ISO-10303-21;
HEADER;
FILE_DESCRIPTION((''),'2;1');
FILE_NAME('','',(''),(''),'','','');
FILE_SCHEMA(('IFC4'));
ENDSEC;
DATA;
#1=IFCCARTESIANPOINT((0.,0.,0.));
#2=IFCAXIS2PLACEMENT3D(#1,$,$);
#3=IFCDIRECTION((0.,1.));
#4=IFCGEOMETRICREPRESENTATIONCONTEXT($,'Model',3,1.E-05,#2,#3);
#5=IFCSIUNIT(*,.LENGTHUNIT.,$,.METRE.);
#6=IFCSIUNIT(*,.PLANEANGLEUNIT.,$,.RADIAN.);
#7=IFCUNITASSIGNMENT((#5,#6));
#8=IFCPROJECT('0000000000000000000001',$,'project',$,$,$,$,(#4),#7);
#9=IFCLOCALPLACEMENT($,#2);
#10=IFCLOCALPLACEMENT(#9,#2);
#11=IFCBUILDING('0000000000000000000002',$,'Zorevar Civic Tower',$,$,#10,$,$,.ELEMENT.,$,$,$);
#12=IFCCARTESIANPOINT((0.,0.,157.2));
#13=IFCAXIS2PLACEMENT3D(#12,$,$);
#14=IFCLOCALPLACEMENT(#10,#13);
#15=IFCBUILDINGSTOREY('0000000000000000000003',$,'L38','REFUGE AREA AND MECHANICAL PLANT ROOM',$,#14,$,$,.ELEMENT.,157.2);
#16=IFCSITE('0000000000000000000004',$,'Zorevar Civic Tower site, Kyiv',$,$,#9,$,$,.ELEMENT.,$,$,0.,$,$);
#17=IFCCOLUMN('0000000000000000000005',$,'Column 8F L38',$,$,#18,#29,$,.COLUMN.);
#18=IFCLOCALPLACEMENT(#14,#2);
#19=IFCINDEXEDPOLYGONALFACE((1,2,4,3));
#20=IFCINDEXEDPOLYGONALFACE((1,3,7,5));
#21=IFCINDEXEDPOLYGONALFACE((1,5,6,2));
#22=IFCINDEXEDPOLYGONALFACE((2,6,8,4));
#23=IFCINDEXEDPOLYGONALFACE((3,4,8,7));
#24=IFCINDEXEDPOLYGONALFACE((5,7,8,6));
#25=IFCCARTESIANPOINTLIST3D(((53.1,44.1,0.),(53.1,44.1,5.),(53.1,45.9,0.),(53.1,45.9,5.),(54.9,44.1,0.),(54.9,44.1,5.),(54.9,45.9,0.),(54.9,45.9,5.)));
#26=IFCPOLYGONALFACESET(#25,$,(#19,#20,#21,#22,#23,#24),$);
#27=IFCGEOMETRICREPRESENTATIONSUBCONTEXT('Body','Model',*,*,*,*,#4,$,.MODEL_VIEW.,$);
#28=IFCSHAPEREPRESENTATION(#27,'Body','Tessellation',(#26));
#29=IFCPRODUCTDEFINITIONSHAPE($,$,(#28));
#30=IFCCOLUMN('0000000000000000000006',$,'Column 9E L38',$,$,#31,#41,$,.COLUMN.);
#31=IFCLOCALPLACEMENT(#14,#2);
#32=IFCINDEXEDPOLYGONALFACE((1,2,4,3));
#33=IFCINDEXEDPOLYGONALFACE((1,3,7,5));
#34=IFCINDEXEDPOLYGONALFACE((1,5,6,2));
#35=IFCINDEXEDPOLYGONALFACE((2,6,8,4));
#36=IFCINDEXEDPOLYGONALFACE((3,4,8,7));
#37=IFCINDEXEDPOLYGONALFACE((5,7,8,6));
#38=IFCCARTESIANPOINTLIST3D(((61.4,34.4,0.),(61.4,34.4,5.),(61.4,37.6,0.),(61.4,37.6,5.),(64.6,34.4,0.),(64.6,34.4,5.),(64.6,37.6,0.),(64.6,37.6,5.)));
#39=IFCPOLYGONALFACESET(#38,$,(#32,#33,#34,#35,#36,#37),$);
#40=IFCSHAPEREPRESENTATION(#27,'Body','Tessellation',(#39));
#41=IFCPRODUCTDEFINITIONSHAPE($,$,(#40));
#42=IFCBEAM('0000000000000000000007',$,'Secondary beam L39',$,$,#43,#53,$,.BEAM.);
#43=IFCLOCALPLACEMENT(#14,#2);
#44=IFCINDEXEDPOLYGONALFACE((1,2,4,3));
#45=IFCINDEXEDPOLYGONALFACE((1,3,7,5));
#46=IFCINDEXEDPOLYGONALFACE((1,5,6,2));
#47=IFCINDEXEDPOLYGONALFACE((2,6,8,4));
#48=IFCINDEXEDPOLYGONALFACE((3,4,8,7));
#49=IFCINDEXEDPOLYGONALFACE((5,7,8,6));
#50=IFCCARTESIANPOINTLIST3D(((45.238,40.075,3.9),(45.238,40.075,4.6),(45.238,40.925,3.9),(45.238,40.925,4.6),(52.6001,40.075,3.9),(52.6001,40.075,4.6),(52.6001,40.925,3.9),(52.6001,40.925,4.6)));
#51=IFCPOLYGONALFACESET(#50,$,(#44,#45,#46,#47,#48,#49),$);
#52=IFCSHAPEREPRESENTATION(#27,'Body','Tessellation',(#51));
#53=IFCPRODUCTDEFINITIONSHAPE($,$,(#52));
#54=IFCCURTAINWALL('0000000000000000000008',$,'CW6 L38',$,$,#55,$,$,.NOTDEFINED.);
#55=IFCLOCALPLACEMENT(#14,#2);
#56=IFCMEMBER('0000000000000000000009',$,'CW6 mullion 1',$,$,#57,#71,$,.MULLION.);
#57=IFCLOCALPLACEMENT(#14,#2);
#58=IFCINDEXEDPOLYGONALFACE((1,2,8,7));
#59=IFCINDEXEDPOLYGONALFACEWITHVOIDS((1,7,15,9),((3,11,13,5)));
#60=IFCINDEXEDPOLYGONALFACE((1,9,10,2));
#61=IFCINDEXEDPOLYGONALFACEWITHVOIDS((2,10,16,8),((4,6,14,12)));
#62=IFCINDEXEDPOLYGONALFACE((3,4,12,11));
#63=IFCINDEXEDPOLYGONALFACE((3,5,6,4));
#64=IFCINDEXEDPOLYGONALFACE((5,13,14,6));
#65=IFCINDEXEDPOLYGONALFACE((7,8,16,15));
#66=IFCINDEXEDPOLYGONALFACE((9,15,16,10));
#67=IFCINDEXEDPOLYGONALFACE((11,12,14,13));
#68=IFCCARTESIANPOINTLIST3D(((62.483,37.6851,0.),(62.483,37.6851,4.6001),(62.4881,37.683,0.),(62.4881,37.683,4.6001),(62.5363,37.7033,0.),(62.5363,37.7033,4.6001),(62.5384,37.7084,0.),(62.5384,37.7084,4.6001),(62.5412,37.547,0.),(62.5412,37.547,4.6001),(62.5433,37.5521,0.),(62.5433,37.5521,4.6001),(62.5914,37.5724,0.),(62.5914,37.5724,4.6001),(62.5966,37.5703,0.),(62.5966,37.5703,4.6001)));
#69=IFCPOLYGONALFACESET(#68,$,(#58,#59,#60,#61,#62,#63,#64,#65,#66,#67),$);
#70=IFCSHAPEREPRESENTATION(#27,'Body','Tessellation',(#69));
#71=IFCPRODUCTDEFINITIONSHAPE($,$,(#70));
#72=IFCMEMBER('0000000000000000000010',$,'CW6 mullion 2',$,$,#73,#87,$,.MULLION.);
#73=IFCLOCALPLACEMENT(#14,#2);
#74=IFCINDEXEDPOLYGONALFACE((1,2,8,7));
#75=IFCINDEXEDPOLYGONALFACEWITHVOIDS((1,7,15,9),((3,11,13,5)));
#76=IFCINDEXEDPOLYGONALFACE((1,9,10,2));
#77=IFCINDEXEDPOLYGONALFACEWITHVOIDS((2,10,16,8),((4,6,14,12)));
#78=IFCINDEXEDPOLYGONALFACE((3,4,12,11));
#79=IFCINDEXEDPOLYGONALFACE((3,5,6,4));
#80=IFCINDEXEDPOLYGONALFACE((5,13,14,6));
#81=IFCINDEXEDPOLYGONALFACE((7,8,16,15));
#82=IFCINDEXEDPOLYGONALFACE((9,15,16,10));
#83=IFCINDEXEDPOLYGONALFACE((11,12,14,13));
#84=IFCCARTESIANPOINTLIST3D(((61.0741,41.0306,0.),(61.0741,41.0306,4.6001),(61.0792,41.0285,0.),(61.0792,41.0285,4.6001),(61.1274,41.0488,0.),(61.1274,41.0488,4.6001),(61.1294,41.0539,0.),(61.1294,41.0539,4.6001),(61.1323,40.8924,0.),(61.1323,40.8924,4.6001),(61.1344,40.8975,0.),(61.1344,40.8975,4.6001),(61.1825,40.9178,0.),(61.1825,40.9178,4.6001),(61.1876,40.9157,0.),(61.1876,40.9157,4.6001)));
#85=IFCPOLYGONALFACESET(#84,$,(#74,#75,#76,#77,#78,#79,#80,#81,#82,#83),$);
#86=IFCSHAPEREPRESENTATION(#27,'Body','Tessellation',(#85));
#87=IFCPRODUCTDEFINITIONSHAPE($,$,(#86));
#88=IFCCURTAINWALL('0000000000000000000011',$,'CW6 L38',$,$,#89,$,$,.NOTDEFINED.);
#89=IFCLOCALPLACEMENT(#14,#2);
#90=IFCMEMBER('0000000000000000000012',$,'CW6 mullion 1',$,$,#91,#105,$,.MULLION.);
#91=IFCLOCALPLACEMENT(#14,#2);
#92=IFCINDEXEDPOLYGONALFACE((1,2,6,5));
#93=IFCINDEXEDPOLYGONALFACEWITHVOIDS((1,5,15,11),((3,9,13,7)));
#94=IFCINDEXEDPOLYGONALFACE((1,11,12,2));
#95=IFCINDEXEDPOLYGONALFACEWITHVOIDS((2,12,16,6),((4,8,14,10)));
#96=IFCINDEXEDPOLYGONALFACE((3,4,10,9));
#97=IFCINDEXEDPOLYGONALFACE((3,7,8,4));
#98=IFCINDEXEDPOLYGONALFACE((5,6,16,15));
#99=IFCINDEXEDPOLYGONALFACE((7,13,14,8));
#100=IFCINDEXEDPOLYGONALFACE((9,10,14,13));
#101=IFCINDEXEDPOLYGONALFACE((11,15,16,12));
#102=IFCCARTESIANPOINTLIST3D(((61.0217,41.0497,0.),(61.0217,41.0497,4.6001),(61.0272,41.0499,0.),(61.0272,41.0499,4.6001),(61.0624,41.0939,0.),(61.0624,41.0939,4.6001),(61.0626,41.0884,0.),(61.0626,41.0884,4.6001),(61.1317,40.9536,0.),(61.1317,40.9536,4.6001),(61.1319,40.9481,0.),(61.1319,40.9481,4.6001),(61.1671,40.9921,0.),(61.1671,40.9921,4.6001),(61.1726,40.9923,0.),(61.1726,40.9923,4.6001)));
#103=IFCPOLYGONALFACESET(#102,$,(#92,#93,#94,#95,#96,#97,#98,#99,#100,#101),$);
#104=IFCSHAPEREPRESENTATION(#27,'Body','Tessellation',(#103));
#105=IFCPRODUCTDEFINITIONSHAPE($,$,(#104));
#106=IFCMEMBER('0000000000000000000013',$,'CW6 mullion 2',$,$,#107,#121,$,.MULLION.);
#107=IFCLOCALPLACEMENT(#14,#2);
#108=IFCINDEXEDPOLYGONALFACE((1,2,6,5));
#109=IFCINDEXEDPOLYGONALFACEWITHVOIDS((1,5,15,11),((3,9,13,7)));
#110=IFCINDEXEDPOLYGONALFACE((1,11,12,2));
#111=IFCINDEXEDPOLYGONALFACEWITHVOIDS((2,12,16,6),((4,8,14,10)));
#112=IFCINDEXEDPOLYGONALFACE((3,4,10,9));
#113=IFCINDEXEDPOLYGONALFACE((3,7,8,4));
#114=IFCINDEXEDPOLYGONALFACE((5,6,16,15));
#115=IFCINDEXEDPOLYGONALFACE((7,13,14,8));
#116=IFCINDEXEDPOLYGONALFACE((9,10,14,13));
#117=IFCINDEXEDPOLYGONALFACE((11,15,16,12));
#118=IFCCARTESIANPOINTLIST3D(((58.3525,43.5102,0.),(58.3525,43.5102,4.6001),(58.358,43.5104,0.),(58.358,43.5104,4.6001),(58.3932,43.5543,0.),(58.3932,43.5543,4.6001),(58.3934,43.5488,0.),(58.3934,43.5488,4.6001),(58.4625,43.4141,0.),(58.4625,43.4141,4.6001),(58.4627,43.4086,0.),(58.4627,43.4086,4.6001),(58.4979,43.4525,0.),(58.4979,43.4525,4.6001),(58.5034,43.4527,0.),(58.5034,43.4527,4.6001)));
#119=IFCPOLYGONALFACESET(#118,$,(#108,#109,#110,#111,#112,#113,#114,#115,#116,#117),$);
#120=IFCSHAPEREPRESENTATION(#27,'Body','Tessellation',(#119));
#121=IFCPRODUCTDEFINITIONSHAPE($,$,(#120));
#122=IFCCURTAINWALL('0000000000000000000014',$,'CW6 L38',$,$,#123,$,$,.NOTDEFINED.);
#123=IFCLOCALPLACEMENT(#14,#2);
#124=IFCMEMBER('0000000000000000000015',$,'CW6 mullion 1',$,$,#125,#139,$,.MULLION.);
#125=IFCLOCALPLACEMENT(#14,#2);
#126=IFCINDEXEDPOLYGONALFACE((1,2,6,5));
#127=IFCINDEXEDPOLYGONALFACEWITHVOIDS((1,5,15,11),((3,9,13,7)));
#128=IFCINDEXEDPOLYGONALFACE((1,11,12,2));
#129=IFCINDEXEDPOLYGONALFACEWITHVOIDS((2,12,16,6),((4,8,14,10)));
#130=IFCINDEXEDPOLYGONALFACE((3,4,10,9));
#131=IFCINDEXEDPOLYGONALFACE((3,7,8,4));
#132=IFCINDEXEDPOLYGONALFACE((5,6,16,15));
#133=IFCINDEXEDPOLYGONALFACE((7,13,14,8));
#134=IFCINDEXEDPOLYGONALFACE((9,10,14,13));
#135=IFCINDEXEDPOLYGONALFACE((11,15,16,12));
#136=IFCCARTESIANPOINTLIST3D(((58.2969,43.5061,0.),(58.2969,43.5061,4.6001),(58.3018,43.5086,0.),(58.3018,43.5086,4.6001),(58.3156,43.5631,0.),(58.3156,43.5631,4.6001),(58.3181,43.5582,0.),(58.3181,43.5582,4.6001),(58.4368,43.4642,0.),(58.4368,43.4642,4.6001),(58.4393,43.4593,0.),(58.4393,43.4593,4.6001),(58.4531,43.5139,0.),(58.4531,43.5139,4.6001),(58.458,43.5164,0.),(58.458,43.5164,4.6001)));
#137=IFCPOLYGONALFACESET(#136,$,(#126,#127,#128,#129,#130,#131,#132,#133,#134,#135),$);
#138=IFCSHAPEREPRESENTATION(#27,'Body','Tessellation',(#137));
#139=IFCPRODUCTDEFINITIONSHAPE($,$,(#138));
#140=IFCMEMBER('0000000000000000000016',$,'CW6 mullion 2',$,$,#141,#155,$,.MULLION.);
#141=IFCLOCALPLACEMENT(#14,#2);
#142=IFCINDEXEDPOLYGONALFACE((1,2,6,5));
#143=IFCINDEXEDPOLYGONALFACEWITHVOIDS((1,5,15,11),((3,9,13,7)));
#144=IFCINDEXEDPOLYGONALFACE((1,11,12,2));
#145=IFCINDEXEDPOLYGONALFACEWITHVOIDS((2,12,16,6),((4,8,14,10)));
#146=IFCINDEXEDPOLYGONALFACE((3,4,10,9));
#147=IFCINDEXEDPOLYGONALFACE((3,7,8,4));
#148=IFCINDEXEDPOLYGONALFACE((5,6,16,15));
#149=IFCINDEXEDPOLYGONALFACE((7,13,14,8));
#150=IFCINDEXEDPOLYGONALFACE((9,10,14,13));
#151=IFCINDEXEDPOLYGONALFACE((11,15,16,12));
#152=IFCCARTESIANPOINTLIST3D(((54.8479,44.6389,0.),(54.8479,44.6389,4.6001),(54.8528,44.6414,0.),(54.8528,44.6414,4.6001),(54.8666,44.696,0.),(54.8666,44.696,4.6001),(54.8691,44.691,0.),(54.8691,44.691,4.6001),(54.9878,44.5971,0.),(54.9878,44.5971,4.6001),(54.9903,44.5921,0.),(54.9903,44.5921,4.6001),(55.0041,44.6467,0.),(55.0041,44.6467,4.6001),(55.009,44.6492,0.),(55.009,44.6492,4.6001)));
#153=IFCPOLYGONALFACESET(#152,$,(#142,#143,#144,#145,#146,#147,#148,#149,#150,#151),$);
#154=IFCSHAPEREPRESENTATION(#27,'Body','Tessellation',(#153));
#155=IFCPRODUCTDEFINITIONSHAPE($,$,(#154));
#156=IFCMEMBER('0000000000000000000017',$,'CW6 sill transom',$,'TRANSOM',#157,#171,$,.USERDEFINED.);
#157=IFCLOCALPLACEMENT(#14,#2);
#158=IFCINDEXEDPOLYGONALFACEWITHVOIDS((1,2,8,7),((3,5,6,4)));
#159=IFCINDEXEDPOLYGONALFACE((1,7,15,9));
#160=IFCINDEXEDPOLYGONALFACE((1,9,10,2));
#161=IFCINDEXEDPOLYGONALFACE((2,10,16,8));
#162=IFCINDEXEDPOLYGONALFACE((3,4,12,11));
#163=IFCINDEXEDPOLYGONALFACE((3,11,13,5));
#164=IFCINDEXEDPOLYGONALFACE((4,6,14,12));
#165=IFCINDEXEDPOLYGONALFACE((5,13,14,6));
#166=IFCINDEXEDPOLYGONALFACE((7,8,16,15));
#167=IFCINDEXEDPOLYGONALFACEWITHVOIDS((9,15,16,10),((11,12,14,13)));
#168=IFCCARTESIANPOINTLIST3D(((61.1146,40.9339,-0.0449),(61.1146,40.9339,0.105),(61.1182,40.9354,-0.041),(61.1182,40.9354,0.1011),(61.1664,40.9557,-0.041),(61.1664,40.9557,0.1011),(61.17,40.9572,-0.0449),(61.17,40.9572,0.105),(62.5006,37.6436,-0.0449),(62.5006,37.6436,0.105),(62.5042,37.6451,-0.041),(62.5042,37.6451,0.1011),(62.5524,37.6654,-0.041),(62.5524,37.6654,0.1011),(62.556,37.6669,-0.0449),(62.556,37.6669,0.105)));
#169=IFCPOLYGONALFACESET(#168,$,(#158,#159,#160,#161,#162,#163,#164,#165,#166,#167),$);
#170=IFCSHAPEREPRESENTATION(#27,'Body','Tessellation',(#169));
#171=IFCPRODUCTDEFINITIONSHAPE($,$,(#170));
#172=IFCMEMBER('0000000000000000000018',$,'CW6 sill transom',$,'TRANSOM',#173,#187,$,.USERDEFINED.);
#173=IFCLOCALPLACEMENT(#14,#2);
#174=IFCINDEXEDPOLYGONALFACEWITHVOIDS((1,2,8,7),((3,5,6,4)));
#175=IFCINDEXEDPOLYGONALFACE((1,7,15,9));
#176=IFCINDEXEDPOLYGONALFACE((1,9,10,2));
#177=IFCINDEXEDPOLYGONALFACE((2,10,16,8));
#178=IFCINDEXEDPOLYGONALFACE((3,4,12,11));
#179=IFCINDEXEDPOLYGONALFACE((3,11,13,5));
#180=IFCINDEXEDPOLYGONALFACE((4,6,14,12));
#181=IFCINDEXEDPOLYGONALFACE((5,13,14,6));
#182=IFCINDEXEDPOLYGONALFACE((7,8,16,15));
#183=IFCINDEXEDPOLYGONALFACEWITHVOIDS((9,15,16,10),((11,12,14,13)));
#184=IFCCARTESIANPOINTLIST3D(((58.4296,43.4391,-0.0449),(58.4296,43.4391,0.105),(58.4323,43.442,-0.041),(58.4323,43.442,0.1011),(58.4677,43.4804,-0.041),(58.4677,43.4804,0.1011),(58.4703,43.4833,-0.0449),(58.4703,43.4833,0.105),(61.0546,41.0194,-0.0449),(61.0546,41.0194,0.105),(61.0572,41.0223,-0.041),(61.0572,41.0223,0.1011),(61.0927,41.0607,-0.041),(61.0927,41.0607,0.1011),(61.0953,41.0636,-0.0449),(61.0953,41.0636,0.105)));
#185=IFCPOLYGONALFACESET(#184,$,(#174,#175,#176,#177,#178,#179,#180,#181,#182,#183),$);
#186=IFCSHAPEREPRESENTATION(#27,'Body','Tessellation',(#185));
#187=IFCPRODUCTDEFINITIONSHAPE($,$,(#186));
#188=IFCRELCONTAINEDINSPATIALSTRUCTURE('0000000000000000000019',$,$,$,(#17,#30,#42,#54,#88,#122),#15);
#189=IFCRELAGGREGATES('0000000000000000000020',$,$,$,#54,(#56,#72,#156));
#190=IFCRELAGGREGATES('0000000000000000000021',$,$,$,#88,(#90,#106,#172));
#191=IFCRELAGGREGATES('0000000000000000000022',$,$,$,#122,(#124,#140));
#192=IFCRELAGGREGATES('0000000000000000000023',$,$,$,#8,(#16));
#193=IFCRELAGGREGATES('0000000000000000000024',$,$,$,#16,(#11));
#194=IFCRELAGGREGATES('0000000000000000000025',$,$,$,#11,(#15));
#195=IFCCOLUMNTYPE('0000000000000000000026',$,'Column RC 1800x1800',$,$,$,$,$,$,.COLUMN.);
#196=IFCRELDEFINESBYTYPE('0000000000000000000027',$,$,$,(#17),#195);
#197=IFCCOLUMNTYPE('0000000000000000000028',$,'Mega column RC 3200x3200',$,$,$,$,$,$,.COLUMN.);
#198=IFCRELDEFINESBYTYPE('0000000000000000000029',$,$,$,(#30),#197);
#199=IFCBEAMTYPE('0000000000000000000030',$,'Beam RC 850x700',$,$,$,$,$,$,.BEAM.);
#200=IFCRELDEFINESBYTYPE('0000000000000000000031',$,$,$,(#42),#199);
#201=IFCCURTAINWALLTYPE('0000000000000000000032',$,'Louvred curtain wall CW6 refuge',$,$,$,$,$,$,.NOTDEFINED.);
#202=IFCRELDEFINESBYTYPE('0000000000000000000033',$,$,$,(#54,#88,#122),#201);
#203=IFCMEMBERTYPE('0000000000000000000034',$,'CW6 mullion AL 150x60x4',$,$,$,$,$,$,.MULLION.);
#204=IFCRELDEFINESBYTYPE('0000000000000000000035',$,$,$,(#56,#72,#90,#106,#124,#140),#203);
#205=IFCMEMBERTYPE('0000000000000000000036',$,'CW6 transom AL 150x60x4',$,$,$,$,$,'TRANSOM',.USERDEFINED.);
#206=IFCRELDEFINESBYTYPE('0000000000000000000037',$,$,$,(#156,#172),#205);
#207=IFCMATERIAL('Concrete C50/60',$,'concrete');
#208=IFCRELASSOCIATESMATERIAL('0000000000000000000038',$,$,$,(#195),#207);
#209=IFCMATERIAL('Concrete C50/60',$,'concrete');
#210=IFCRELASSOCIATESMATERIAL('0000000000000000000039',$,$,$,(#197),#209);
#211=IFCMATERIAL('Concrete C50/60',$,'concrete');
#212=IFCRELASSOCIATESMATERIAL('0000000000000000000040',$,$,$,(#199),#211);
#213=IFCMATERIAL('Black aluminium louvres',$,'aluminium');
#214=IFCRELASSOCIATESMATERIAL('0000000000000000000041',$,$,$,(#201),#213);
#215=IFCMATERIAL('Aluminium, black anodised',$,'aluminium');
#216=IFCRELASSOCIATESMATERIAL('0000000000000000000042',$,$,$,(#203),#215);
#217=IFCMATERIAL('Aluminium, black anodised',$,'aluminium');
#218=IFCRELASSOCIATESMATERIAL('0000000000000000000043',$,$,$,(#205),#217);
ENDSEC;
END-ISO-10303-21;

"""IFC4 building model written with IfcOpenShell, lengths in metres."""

from ifc_helpers import new_model, si_unit, direction, frame, origin, origin_2d, place, context, subcontext, project, spatial, rectangle, hollow_rectangle, extrude, material, material_profile, profile_set, type_object, element, aggregate, save


model = new_model("IFC4")

# Units and contexts
model_context = context("Model", 3, precision=1e-05, world=origin(), true_north=direction((0.0, 1.0)))
body_context = subcontext(model_context, "Body", "Model", "MODEL_VIEW")
ifc_project = project(units=[si_unit("LENGTHUNIT", "METRE"), si_unit("PLANEANGLEUNIT", "RADIAN")], contexts=[model_context])

# Site, building, storey
site_placement = place(None, origin())
site = spatial("IfcSite", under=ifc_project, at=site_placement, Name="Zorevar Civic Tower site, Kyiv", CompositionType="ELEMENT", RefElevation=0.0)
building_placement = place(site_placement, origin())
building = spatial("IfcBuilding", under=site, at=building_placement, Name="Zorevar Civic Tower", CompositionType="ELEMENT")
storey_placement = place(building_placement, frame((0.0, 0.0, 157.2)))
storey = spatial("IfcBuildingStorey", under=building, at=storey_placement, Name="L38", Description="REFUGE AREA AND MECHANICAL PLANT ROOM", CompositionType="ELEMENT", Elevation=157.2)

# Columns
ifc_material_1 = material(Name="Concrete C50/60", Category="concrete")
ifc_material_profile_1 = material_profile(ifc_material_1, rectangle(XDim=1.8, YDim=1.8, at=origin_2d()), Name="RC 1800x1800")
ifc_profile_set_1 = profile_set([ifc_material_profile_1], Name="Concrete C50/60")
column_type_1 = type_object("IfcColumnType", Name="Column RC 1800x1800", PredefinedType="COLUMN", material=ifc_profile_set_1)
column_1_placement = place(storey_placement, frame((54.0, 45.0, 0.0), z_axis=(0.0, 0.0, 1.0), x_axis=(1.0, 0.0, 0.0)))
element("IfcColumn", 1, at=column_1_placement, inside=storey, type_object=column_type_1, Name="Column 8F L38", PredefinedType="COLUMN", context=body_context, shape_type="SweptSolid", body=[
    extrude(rectangle(XDim=1.8, YDim=1.8, at=origin_2d()), origin(), (0.0, 0.0, 1.0), 5.0),
])
ifc_material_2 = material(Name="Concrete C50/60", Category="concrete")
ifc_material_profile_2 = material_profile(ifc_material_2, rectangle(XDim=3.2, YDim=3.2, at=origin_2d()), Name="RC 3200x3200")
ifc_profile_set_2 = profile_set([ifc_material_profile_2], Name="Concrete C50/60")
column_type_2 = type_object("IfcColumnType", Name="Mega column RC 3200x3200", PredefinedType="COLUMN", material=ifc_profile_set_2)
column_2_placement = place(storey_placement, frame((63.0, 36.0, 0.0), z_axis=(0.0, 0.0, 1.0), x_axis=(1.0, 0.0, 0.0)))
element("IfcColumn", 2, at=column_2_placement, inside=storey, type_object=column_type_2, Name="Column 9E L38", PredefinedType="COLUMN", context=body_context, shape_type="SweptSolid", body=[
    extrude(rectangle(XDim=3.2, YDim=3.2, at=origin_2d()), origin(), (0.0, 0.0, 1.0), 5.0),
])

# Beam
ifc_material_3 = material(Name="Concrete C50/60", Category="concrete")
ifc_material_profile_3 = material_profile(ifc_material_3, rectangle(XDim=0.8501, YDim=0.7, at=origin_2d()), Name="RC 850x700")
ifc_profile_set_3 = profile_set([ifc_material_profile_3], Name="Concrete C50/60")
beam_type_1 = type_object("IfcBeamType", Name="Beam RC 850x700", PredefinedType="BEAM", material=ifc_profile_set_3)
beam_1_placement = place(storey_placement, frame((45.238, 40.5, 4.25), z_axis=(1.0, 0.0, 0.0), x_axis=(0.0, 1.0, 0.0)))
element("IfcBeam", 3, at=beam_1_placement, inside=storey, type_object=beam_type_1, Name="Secondary beam L39", PredefinedType="BEAM", context=body_context, shape_type="SweptSolid", body=[
    extrude(rectangle(XDim=0.8501, YDim=0.7, at=origin_2d()), origin(), (0.0, 0.0, 1.0), 7.3621),
])

# Curtain walls, members
ifc_material_4 = material(Name="Black aluminium louvres", Category="aluminium")
curtain_wall_type = type_object("IfcCurtainWallType", Name="Louvred curtain wall CW6 refuge", PredefinedType="NOTDEFINED", material=ifc_material_4)
curtain_wall_1_placement = place(storey_placement, origin())
curtain_wall_1 = element("IfcCurtainWall", 4, at=curtain_wall_1_placement, inside=storey, type_object=curtain_wall_type, Name="CW6 L38", PredefinedType="NOTDEFINED")
ifc_material_5 = material(Name="Aluminium, black anodised", Category="aluminium")
ifc_material_profile_4 = material_profile(ifc_material_5, hollow_rectangle(XDim=0.0601, YDim=0.1499, WallThickness=0.0039, at=origin_2d()), Name="AL 150x60x4")
ifc_profile_set_4 = profile_set([ifc_material_profile_4], Name="Aluminium, black anodised")
member_type_1 = type_object("IfcMemberType", Name="CW6 mullion AL 150x60x4", PredefinedType="MULLION", material=ifc_profile_set_4)
member_1_placement = place(storey_placement, frame((62.5398, 37.6277, 0.0), z_axis=(0.0, 0.0, 1.0), x_axis=(-0.921582, -0.388184, 0.0)))
member_1 = element("IfcMember", 5, at=member_1_placement, type_object=member_type_1, Name="CW6 mullion 1", PredefinedType="MULLION", context=body_context, shape_type="SweptSolid", body=[
    extrude(hollow_rectangle(XDim=0.0601, YDim=0.1499, WallThickness=0.0039, at=origin_2d()), origin(), (0.0, 0.0, 1.0), 4.6001),
])
member_2_placement = place(storey_placement, frame((61.1309, 40.9731, 0.0), z_axis=(0.0, 0.0, 1.0), x_axis=(-0.921582, -0.388184, 0.0)))
member_2 = element("IfcMember", 6, at=member_2_placement, type_object=member_type_1, Name="CW6 mullion 2", PredefinedType="MULLION", context=body_context, shape_type="SweptSolid", body=[
    extrude(hollow_rectangle(XDim=0.0601, YDim=0.1499, WallThickness=0.0039, at=origin_2d()), origin(), (0.0, 0.0, 1.0), 4.6001),
])
curtain_wall_2_placement = place(storey_placement, origin())
curtain_wall_2 = element("IfcCurtainWall", 7, at=curtain_wall_2_placement, inside=storey, type_object=curtain_wall_type, Name="CW6 L38", PredefinedType="NOTDEFINED")
member_3_placement = place(storey_placement, frame((61.0972, 41.021, 0.0), z_axis=(0.0, 0.0, 1.0), x_axis=(-0.677777, -0.735267, 0.0)))
member_3 = element("IfcMember", 8, at=member_3_placement, type_object=member_type_1, Name="CW6 mullion 1", PredefinedType="MULLION", context=body_context, shape_type="SweptSolid", body=[
    extrude(hollow_rectangle(XDim=0.0601, YDim=0.1499, WallThickness=0.0039, at=origin_2d()), origin(), (0.0, 0.0, 1.0), 4.6001),
])
member_4_placement = place(storey_placement, frame((58.428, 43.4814, 0.0), z_axis=(0.0, 0.0, 1.0), x_axis=(-0.677777, -0.735267, 0.0)))
member_4 = element("IfcMember", 9, at=member_4_placement, type_object=member_type_1, Name="CW6 mullion 2", PredefinedType="MULLION", context=body_context, shape_type="SweptSolid", body=[
    extrude(hollow_rectangle(XDim=0.0601, YDim=0.1499, WallThickness=0.0039, at=origin_2d()), origin(), (0.0, 0.0, 1.0), 4.6001),
])
curtain_wall_3_placement = place(storey_placement, origin())
curtain_wall_3 = element("IfcCurtainWall", 10, at=curtain_wall_3_placement, inside=storey, type_object=curtain_wall_type, Name="CW6 L38", PredefinedType="NOTDEFINED")
member_5_placement = place(storey_placement, frame((58.3774, 43.5112, 0.0), z_axis=(0.0, 0.0, 1.0), x_axis=(-0.312036, -0.95007, 0.0)))
member_5 = element("IfcMember", 11, at=member_5_placement, type_object=member_type_1, Name="CW6 mullion 1", PredefinedType="MULLION", context=body_context, shape_type="SweptSolid", body=[
    extrude(hollow_rectangle(XDim=0.0601, YDim=0.1499, WallThickness=0.0039, at=origin_2d()), origin(), (0.0, 0.0, 1.0), 4.6001),
])
member_6_placement = place(storey_placement, frame((54.9285, 44.644, 0.0), z_axis=(0.0, 0.0, 1.0), x_axis=(-0.312036, -0.95007, 0.0)))
member_6 = element("IfcMember", 12, at=member_6_placement, type_object=member_type_1, Name="CW6 mullion 2", PredefinedType="MULLION", context=body_context, shape_type="SweptSolid", body=[
    extrude(hollow_rectangle(XDim=0.0601, YDim=0.1499, WallThickness=0.0039, at=origin_2d()), origin(), (0.0, 0.0, 1.0), 4.6001),
])

# Members
ifc_material_6 = material(Name="Aluminium, black anodised", Category="aluminium")
ifc_material_profile_5 = material_profile(ifc_material_6, hollow_rectangle(XDim=0.0601, YDim=0.1499, WallThickness=0.0039, at=origin_2d()), Name="AL 150x60x4")
ifc_profile_set_5 = profile_set([ifc_material_profile_5], Name="Aluminium, black anodised")
member_type_2 = type_object("IfcMemberType", Name="CW6 transom AL 150x60x4", ElementType="TRANSOM", PredefinedType="USERDEFINED", material=ifc_profile_set_5)
member_7_placement = place(storey_placement, frame((62.5283, 37.6553, 0.03), z_axis=(-0.388201, 0.921575, 0.0), x_axis=(-0.921575, -0.388201, 0.0)))
member_7 = element("IfcMember", 13, at=member_7_placement, type_object=member_type_2, Name="CW6 sill transom", ObjectType="TRANSOM", PredefinedType="USERDEFINED", context=body_context, shape_type="SweptSolid", body=[
    extrude(hollow_rectangle(XDim=0.0601, YDim=0.1499, WallThickness=0.0039, at=origin_2d()), origin(), (0.0, 0.0, 1.0), 3.5703),
])
member_8_placement = place(storey_placement, frame((61.075, 41.0415, 0.03), z_axis=(-0.735278, 0.677766, 0.0), x_axis=(-0.677766, -0.735278, 0.0)))
member_8 = element("IfcMember", 14, at=member_8_placement, type_object=member_type_2, Name="CW6 sill transom", ObjectType="TRANSOM", PredefinedType="USERDEFINED", context=body_context, shape_type="SweptSolid", body=[
    extrude(hollow_rectangle(XDim=0.0601, YDim=0.1499, WallThickness=0.0039, at=origin_2d()), origin(), (0.0, 0.0, 1.0), 3.5701),
])

aggregate(curtain_wall_1, [member_1, member_2, member_7])
aggregate(curtain_wall_2, [member_3, member_4, member_8])
aggregate(curtain_wall_3, [member_5, member_6])

save(model, "model.ifc")
